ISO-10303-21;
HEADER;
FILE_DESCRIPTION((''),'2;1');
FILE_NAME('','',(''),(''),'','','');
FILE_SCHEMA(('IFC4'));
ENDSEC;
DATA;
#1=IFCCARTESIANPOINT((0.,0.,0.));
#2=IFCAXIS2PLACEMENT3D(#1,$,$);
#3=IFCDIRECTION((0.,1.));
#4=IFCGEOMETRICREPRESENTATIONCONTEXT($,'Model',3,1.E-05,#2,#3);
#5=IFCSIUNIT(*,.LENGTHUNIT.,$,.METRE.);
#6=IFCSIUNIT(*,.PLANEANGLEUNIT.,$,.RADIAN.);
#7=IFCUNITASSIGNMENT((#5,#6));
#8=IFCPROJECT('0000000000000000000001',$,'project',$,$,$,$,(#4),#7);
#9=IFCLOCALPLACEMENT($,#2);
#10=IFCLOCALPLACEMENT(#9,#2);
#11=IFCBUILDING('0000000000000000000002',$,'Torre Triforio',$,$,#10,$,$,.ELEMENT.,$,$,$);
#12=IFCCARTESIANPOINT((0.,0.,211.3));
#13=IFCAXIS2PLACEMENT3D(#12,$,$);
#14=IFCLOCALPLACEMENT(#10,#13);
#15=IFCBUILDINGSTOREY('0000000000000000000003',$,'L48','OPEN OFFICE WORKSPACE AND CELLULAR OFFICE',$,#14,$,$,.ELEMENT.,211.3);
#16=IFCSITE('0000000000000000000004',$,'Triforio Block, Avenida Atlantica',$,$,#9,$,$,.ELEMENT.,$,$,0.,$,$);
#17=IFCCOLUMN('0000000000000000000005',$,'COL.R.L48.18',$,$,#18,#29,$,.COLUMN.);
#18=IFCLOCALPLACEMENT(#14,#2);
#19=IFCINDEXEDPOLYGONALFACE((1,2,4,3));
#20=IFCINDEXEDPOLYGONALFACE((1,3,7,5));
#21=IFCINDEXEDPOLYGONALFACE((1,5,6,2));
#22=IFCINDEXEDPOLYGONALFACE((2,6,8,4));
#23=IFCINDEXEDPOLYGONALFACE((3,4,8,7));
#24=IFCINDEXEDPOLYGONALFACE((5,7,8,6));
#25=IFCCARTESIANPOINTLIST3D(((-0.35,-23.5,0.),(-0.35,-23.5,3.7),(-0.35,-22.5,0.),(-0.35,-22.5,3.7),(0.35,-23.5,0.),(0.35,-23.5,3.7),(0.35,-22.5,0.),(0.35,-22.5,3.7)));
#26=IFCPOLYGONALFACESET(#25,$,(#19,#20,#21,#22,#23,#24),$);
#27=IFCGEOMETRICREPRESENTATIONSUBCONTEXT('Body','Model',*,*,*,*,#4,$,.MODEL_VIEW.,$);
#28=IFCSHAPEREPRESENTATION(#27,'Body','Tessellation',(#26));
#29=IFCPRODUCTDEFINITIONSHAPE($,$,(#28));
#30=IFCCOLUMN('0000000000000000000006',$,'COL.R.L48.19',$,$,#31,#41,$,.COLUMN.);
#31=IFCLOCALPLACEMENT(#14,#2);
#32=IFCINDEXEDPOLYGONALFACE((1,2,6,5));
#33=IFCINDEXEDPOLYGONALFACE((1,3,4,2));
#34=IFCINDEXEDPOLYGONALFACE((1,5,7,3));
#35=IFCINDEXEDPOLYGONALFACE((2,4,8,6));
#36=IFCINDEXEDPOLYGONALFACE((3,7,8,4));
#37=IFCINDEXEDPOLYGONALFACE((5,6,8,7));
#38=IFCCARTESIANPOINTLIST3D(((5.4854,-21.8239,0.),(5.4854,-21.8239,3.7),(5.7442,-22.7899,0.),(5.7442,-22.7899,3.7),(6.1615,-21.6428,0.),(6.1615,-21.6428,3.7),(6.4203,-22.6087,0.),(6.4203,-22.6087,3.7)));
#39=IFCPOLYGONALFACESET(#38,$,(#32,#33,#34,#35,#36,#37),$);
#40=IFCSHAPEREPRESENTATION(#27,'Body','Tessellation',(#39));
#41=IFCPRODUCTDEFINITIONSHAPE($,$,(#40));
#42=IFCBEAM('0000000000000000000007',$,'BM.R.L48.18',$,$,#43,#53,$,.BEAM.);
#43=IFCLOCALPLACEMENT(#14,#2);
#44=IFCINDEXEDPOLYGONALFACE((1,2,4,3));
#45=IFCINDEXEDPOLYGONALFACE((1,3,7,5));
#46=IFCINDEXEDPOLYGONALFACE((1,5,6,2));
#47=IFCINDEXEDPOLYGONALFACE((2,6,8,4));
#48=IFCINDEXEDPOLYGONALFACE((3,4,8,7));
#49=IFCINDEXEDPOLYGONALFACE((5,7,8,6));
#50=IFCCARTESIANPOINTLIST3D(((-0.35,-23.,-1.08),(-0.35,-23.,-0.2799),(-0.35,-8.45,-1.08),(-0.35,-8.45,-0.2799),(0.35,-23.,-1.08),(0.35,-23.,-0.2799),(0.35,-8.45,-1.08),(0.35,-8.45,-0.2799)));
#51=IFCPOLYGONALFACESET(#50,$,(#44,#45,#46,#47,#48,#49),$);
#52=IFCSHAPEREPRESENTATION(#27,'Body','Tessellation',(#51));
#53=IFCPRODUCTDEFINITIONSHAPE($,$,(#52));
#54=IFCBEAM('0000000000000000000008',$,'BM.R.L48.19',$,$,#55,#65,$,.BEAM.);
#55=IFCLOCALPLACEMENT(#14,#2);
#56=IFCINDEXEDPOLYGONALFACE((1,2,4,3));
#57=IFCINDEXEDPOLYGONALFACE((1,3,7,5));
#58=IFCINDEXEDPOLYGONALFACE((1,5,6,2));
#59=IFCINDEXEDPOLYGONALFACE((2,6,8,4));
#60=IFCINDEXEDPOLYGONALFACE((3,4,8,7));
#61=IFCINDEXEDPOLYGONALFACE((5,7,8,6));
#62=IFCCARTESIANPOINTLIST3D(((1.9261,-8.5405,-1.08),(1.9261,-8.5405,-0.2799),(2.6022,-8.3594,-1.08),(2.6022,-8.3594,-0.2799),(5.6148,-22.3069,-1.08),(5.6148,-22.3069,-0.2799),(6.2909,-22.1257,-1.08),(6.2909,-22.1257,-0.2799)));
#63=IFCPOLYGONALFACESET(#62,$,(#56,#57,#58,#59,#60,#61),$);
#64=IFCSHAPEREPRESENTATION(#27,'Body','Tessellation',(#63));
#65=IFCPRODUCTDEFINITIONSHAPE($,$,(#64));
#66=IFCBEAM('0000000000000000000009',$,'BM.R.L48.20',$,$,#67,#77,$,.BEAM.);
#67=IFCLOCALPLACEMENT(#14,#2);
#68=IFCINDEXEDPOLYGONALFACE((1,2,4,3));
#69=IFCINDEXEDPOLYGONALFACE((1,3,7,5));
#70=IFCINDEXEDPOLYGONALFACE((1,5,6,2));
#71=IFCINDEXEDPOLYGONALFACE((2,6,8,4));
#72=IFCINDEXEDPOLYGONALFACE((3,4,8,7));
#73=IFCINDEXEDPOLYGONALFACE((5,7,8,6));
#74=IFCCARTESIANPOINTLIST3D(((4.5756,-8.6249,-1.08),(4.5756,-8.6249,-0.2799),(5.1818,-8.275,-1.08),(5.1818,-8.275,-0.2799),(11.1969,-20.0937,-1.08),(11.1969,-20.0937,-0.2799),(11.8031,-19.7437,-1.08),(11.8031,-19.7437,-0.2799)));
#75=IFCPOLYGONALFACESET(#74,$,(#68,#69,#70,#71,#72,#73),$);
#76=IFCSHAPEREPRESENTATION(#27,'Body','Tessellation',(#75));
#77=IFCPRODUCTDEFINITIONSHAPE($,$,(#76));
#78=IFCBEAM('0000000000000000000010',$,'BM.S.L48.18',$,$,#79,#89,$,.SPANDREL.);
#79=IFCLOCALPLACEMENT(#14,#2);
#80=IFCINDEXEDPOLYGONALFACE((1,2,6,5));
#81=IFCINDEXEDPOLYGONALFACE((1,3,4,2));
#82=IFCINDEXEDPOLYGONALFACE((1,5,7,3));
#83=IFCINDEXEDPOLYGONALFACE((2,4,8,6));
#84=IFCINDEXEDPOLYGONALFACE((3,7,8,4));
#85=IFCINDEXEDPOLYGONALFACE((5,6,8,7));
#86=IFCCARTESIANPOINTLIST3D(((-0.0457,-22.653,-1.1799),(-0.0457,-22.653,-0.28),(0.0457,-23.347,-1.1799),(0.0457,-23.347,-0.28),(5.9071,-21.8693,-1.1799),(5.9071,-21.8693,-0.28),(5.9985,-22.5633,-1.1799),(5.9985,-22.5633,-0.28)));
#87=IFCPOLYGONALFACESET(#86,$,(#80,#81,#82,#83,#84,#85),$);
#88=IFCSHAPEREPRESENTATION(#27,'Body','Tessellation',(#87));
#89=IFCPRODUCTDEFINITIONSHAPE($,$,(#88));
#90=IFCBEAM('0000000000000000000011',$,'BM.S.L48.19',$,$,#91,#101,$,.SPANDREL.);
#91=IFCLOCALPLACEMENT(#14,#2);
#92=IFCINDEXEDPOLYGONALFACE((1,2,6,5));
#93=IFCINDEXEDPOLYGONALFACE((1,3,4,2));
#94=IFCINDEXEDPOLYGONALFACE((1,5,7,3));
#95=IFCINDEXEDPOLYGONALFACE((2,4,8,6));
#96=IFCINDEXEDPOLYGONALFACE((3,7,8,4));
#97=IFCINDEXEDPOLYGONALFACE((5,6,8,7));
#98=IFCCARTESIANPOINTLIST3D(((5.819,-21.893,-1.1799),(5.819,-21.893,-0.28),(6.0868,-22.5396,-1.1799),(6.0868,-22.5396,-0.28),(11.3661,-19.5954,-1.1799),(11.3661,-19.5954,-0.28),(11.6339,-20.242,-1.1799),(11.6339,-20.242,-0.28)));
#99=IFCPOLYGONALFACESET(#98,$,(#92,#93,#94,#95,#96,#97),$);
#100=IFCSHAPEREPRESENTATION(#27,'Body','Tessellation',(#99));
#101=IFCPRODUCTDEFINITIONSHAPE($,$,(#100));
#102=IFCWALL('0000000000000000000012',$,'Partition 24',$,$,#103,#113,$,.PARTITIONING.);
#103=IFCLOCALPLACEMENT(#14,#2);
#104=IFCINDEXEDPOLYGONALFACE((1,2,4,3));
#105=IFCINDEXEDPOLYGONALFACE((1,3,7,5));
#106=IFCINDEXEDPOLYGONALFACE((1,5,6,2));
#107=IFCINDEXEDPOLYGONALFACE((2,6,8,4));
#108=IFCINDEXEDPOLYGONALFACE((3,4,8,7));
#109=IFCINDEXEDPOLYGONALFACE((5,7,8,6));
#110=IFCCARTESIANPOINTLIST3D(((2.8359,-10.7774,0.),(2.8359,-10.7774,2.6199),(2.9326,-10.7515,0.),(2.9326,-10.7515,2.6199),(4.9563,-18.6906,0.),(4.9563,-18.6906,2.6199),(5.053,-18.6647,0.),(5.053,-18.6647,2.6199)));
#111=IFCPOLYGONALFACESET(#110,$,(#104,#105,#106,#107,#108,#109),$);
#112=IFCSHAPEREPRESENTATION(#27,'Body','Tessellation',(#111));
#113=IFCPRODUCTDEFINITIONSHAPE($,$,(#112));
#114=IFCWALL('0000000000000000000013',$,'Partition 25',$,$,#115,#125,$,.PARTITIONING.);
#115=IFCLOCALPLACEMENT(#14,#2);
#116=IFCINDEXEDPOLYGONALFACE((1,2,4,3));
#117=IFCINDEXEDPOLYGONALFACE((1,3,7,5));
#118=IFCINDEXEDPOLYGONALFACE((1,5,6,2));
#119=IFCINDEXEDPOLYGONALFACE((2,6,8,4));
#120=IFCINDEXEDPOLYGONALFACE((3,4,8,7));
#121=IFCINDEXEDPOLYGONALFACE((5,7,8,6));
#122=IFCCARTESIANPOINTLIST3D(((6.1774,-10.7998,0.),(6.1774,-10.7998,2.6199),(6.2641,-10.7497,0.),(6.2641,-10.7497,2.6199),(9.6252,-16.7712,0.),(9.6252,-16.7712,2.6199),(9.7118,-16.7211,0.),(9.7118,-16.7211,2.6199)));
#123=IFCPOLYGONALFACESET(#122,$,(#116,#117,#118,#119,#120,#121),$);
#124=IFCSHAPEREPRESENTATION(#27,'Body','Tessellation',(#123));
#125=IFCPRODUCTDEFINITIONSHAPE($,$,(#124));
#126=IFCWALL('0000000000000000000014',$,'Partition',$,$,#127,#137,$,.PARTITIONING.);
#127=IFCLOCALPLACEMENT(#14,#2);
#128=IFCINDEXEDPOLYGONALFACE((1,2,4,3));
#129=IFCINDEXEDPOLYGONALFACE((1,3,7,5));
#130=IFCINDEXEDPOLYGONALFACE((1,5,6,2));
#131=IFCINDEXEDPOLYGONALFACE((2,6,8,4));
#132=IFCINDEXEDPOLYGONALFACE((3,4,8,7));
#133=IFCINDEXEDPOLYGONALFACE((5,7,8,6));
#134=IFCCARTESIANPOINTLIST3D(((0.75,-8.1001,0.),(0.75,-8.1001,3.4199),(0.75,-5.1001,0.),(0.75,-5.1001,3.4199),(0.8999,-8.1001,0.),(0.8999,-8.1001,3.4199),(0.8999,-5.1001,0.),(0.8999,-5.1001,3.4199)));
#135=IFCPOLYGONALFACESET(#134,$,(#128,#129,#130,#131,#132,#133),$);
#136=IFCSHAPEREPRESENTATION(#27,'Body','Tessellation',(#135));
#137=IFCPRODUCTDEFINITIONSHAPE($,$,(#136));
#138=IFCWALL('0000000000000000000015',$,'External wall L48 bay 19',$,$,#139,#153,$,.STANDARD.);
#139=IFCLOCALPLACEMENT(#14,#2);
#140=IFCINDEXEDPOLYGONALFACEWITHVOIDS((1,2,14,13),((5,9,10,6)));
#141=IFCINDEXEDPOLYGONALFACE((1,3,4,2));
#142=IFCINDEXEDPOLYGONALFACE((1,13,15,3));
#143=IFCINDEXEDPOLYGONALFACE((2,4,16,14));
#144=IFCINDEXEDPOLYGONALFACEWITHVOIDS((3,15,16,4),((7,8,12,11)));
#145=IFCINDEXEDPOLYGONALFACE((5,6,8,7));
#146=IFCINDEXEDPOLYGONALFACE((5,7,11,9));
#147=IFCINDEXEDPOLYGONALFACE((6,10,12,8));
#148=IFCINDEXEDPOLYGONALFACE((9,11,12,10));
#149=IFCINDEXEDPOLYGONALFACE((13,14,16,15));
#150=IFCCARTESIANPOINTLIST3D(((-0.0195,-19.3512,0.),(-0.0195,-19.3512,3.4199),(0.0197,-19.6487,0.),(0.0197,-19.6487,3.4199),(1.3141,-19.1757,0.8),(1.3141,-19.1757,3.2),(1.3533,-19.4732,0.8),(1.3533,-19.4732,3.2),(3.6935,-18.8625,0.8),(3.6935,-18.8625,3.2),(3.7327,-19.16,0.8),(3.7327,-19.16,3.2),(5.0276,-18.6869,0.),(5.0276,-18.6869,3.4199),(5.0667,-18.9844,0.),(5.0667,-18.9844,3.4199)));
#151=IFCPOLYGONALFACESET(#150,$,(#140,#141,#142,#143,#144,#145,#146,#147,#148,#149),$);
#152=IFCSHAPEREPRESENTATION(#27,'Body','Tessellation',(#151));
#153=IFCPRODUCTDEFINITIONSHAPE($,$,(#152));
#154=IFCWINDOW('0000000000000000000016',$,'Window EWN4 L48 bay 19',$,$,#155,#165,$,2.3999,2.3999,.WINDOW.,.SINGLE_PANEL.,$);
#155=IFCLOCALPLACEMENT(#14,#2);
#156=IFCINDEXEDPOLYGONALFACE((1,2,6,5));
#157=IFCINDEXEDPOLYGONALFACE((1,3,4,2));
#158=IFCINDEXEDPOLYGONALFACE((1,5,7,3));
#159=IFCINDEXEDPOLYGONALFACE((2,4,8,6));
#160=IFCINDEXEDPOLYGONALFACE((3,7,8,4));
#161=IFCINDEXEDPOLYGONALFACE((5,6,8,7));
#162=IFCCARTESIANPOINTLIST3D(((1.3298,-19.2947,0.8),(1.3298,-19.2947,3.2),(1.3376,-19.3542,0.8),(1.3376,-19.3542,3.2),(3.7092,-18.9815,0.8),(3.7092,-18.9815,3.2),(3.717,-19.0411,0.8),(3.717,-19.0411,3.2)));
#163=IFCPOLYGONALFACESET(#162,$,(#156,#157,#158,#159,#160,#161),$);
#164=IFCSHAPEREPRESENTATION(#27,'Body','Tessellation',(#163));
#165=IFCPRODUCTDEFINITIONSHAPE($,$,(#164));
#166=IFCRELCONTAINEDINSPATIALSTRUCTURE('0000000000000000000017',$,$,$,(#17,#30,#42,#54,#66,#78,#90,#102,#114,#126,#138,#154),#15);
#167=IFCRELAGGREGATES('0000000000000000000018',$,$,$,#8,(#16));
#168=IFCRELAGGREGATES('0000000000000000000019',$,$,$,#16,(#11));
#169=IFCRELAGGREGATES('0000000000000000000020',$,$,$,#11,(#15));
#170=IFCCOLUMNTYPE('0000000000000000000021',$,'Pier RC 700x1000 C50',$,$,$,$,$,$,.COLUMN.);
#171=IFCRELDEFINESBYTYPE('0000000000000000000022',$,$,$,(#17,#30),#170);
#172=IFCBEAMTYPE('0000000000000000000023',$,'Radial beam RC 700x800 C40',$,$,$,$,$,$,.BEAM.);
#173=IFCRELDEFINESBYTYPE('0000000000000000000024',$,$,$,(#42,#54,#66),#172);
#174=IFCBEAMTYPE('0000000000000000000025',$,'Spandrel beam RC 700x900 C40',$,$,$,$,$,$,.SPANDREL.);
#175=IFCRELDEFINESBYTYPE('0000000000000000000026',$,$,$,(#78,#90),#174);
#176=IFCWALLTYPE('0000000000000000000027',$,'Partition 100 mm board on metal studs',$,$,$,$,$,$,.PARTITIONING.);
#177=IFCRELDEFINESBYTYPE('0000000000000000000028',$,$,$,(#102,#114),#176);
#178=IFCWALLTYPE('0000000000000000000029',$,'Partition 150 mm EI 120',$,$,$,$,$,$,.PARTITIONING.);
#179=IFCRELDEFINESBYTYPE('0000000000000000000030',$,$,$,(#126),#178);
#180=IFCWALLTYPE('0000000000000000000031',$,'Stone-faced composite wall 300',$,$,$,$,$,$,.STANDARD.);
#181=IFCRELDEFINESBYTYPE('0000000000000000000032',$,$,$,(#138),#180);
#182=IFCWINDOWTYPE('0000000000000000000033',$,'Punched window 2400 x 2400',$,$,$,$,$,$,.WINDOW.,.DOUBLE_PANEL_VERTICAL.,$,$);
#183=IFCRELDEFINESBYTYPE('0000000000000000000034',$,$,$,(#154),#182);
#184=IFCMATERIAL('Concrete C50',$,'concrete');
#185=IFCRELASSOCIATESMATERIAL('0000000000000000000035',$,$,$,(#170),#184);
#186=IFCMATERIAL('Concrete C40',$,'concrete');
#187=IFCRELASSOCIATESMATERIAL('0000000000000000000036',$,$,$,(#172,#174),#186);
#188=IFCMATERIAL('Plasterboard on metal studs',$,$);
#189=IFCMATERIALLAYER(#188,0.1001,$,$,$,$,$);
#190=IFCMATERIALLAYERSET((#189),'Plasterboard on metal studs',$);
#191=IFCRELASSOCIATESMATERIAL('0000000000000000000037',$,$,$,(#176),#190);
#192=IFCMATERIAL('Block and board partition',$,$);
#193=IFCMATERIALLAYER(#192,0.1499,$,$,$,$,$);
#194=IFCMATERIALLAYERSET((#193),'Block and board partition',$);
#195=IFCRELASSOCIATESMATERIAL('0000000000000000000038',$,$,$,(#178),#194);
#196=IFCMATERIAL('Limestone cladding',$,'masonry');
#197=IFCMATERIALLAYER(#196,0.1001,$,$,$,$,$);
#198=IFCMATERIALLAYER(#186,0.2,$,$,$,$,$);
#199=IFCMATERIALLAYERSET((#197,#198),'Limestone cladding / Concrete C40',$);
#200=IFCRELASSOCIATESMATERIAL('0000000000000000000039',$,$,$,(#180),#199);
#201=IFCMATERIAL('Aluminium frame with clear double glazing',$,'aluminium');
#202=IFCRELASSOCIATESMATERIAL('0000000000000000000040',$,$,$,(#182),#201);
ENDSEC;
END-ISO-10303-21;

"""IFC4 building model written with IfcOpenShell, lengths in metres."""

from ifc_helpers import new_model, si_unit, direction, frame, frame_2d, origin, origin_2d, place, context, subcontext, project, spatial, rectangle, extrude, material, layer, layer_set, material_profile, profile_set, type_object, element, fill, save


model = new_model("IFC4")

# Units and contexts
model_context = context("Model", 3, precision=1e-05, world=origin(), true_north=direction((0.0, 1.0)))
body_context = subcontext(model_context, "Body", "Model", "MODEL_VIEW")
ifc_project = project(units=[si_unit("LENGTHUNIT", "METRE"), si_unit("PLANEANGLEUNIT", "RADIAN")], contexts=[model_context])

# Site, building, storey
site_placement = place(None, origin())
site = spatial("IfcSite", under=ifc_project, at=site_placement, Name="Triforio Block, Avenida Atlantica", CompositionType="ELEMENT", RefElevation=0.0)
building_placement = place(site_placement, origin())
building = spatial("IfcBuilding", under=site, at=building_placement, Name="Torre Triforio", CompositionType="ELEMENT")
storey_placement = place(building_placement, frame((0.0, 0.0, 211.3)))
storey = spatial("IfcBuildingStorey", under=building, at=storey_placement, Name="L48", Description="OPEN OFFICE WORKSPACE AND CELLULAR OFFICE", CompositionType="ELEMENT", Elevation=211.3)

# Columns
ifc_material_1 = material(Name="Concrete C50", Category="concrete")
ifc_material_profile_1 = material_profile(ifc_material_1, rectangle(XDim=0.7, YDim=1.0, at=origin_2d()), Name="RC 700x1000")
ifc_profile_set_1 = profile_set([ifc_material_profile_1], Name="Concrete C50")
column_type = type_object("IfcColumnType", Name="Pier RC 700x1000 C50", PredefinedType="COLUMN", material=ifc_profile_set_1)
for number, where, z_axis, x_axis, name in (
    (1, (0.0, -23.0, 0.0), (0.0, 0.0, 1.0), (1.0, 0.0, 0.0), "COL.R.L48.18"),
    (2, (5.9529, -22.2163, 0.0), (0.0, 0.0, 1.0), (0.965926, 0.258819, 0.0), "COL.R.L48.19"),
):
    element("IfcColumn", number, at=place(storey_placement, frame(where, z_axis=z_axis, x_axis=x_axis)), inside=storey, type_object=column_type, Name=name, PredefinedType="COLUMN", context=body_context, shape_type="SweptSolid", body=[
        extrude(rectangle(XDim=0.7, YDim=1.0, at=origin_2d()), origin(), (0.0, 0.0, 1.0), 3.7),
    ])

# Beams
ifc_material_2 = material(Name="Concrete C40", Category="concrete")
ifc_material_profile_2 = material_profile(ifc_material_2, rectangle(XDim=0.7, YDim=0.8, at=origin_2d()), Name="RC 700x800")
ifc_profile_set_2 = profile_set([ifc_material_profile_2], Name="Concrete C40")
beam_type_1 = type_object("IfcBeamType", Name="Radial beam RC 700x800 C40", PredefinedType="BEAM", material=ifc_profile_set_2)
beam_1_placement = place(storey_placement, frame((0.0, -8.45, -0.6799), z_axis=(0.0, -1.0, 0.0), x_axis=(1.0, 0.0, 0.0)))
element("IfcBeam", 3, at=beam_1_placement, inside=storey, type_object=beam_type_1, Name="BM.R.L48.18", PredefinedType="BEAM", context=body_context, shape_type="SweptSolid", body=[
    extrude(rectangle(XDim=0.7, YDim=0.8, at=origin_2d()), origin(), (0.0, 0.0, 1.0), 14.55),
])
beam_2_placement = place(storey_placement, frame((2.2642, -8.45, -0.6799), z_axis=(0.258821, -0.965925, 0.0), x_axis=(0.965925, 0.258821, 0.0)))
element("IfcBeam", 4, at=beam_2_placement, inside=storey, type_object=beam_type_1, Name="BM.R.L48.19", PredefinedType="BEAM", context=body_context, shape_type="SweptSolid", body=[
    extrude(rectangle(XDim=0.7, YDim=0.8, at=origin_2d()), origin(), (0.0, 0.0, 1.0), 14.252),
])
beam_3_placement = place(storey_placement, frame((4.8787, -8.45, -0.6799), z_axis=(0.499992, -0.86603, 0.0), x_axis=(0.86603, 0.499992, 0.0)))
element("IfcBeam", 5, at=beam_3_placement, inside=storey, type_object=beam_type_1, Name="BM.R.L48.20", PredefinedType="BEAM", context=body_context, shape_type="SweptSolid", body=[
    extrude(rectangle(XDim=0.7, YDim=0.8, at=origin_2d()), origin(), (0.0, 0.0, 1.0), 13.2429),
])
ifc_material_profile_3 = material_profile(ifc_material_2, rectangle(XDim=0.7, YDim=0.8999, at=origin_2d()), Name="RC 700x900")
ifc_profile_set_3 = profile_set([ifc_material_profile_3], Name="Concrete C40")
beam_type_2 = type_object("IfcBeamType", Name="Spandrel beam RC 700x900 C40", PredefinedType="SPANDREL", material=ifc_profile_set_3)
for number, where, z_axis, x_axis, name in (
    (6, (0.0, -23.0, -0.73), (0.991445, 0.130523, 0.0), (-0.130523, 0.991445, 0.0), "BM.S.L48.18"),
    (7, (5.9529, -22.2163, -0.73), (0.923885, 0.382671, 0.0), (-0.382671, 0.923885, 0.0), "BM.S.L48.19"),
):
    element("IfcBeam", number, at=place(storey_placement, frame(where, z_axis=z_axis, x_axis=x_axis)), inside=storey, type_object=beam_type_2, Name=name, PredefinedType="SPANDREL", context=body_context, shape_type="SweptSolid", body=[
        extrude(rectangle(XDim=0.7, YDim=0.8999, at=origin_2d()), origin(), (0.0, 0.0, 1.0), 6.0042),
    ])

# Walls
ifc_material_3 = material(Name="Plasterboard on metal studs")
ifc_layer_1 = layer(ifc_material_3, 0.1001)
ifc_layer_set_1 = layer_set([ifc_layer_1], Name="Plasterboard on metal studs")
wall_type_1 = type_object("IfcWallType", Name="Partition 100 mm board on metal studs", PredefinedType="PARTITIONING", material=ifc_layer_set_1)
wall_1_placement = place(storey_placement, frame((2.8843, -10.7644, 0.0), z_axis=(0.0, 0.0, 1.0), x_axis=(0.258818, -0.965926, 0.0)))
element("IfcWall", 8, at=wall_1_placement, inside=storey, type_object=wall_type_1, Name="Partition 24", PredefinedType="PARTITIONING", context=body_context, shape_type="SweptSolid", body=[
    extrude(rectangle(XDim=8.1924, YDim=0.1001, at=frame_2d((4.0962, 0.0))), origin(), (0.0, 0.0, 1.0), 2.6199),
])
wall_2_placement = place(storey_placement, frame((6.2207, -10.7747, 0.0), z_axis=(0.0, 0.0, 1.0), x_axis=(0.500016, -0.866016, 0.0)))
element("IfcWall", 9, at=wall_2_placement, inside=storey, type_object=wall_type_1, Name="Partition 25", PredefinedType="PARTITIONING", context=body_context, shape_type="SweptSolid", body=[
    extrude(rectangle(XDim=6.8953, YDim=0.1001, at=frame_2d((3.4478, 0.0))), origin(), (0.0, 0.0, 1.0), 2.6199),
])
ifc_material_4 = material(Name="Block and board partition")
ifc_layer_2 = layer(ifc_material_4, 0.1499)
ifc_layer_set_2 = layer_set([ifc_layer_2], Name="Block and board partition")
wall_type_2 = type_object("IfcWallType", Name="Partition 150 mm EI 120", PredefinedType="PARTITIONING", material=ifc_layer_set_2)
wall_3_placement = place(storey_placement, frame((0.825, -8.1001, 0.0), z_axis=(0.0, 0.0, 1.0), x_axis=(0.0, 1.0, 0.0)))
element("IfcWall", 10, at=wall_3_placement, inside=storey, type_object=wall_type_2, Name="Partition", PredefinedType="PARTITIONING", context=body_context, shape_type="SweptSolid", body=[
    extrude(rectangle(XDim=3.0, YDim=0.1499, at=frame_2d((1.5, 0.0))), origin(), (0.0, 0.0, 1.0), 3.4199),
])

# Wall, opening, window
ifc_material_5 = material(Name="Limestone cladding", Category="masonry")
ifc_layer_3 = layer(ifc_material_5, 0.1001)
ifc_layer_4 = layer(ifc_material_2, 0.2)
ifc_layer_set_3 = layer_set([ifc_layer_3, ifc_layer_4], Name="Limestone cladding / Concrete C40")
wall_type_3 = type_object("IfcWallType", Name="Stone-faced composite wall 300", PredefinedType="STANDARD", material=ifc_layer_set_3)
wall_4_placement = place(storey_placement, frame((0.0, -19.5, 0.0), z_axis=(0.0, 0.0, 1.0), x_axis=(0.991449, 0.130495, 0.0)))
wall_4 = element("IfcWall", 11, at=wall_4_placement, inside=storey, type_object=wall_type_3, Name="External wall L48 bay 19", PredefinedType="STANDARD", context=body_context, shape_type="SweptSolid", body=[
    extrude(rectangle(XDim=5.0906, YDim=0.3, at=frame_2d((2.5454, 0.0))), origin(), (0.0, 0.0, 1.0), 3.4199),
])
opening_1_placement = place(wall_4_placement, frame((1.3452, 0.0, 0.8)))
opening_1 = element("IfcOpeningElement", 12, at=opening_1_placement, cuts=wall_4, PredefinedType="OPENING", context=body_context, shape_type="SweptSolid", body=[
    extrude(rectangle(XDim=2.3999, YDim=2.3999, at=frame_2d((1.2, 1.2))), frame((0.0, 0.1599, 0.0), z_axis=(0.0, -1.0, 0.0), x_axis=(1.0, 0.0, 0.0)), (0.0, 0.0, 1.0), 0.3201),
])
ifc_material_6 = material(Name="Aluminium frame with clear double glazing", Category="aluminium")
window_type_1 = type_object("IfcWindowType", Name="Punched window 2400 x 2400", PartitioningType="DOUBLE_PANEL_VERTICAL", PredefinedType="WINDOW", material=ifc_material_6)
window_1_placement = place(opening_1_placement, origin())
window_1 = element("IfcWindow", 13, at=window_1_placement, inside=storey, type_object=window_type_1, Name="Window EWN4 L48 bay 19", OverallHeight=2.3999, OverallWidth=2.3999, PartitioningType="SINGLE_PANEL", PredefinedType="WINDOW", context=body_context, shape_type="SweptSolid", body=[
    extrude(rectangle(XDim=2.3999, YDim=2.3999, at=frame_2d((1.2, 1.2))), frame((0.0, 0.03, 0.0), z_axis=(0.0, -1.0, 0.0), x_axis=(1.0, 0.0, 0.0)), (0.0, 0.0, 1.0), 0.0601),
])
fill(opening_1, window_1)

save(model, "model.ifc")
